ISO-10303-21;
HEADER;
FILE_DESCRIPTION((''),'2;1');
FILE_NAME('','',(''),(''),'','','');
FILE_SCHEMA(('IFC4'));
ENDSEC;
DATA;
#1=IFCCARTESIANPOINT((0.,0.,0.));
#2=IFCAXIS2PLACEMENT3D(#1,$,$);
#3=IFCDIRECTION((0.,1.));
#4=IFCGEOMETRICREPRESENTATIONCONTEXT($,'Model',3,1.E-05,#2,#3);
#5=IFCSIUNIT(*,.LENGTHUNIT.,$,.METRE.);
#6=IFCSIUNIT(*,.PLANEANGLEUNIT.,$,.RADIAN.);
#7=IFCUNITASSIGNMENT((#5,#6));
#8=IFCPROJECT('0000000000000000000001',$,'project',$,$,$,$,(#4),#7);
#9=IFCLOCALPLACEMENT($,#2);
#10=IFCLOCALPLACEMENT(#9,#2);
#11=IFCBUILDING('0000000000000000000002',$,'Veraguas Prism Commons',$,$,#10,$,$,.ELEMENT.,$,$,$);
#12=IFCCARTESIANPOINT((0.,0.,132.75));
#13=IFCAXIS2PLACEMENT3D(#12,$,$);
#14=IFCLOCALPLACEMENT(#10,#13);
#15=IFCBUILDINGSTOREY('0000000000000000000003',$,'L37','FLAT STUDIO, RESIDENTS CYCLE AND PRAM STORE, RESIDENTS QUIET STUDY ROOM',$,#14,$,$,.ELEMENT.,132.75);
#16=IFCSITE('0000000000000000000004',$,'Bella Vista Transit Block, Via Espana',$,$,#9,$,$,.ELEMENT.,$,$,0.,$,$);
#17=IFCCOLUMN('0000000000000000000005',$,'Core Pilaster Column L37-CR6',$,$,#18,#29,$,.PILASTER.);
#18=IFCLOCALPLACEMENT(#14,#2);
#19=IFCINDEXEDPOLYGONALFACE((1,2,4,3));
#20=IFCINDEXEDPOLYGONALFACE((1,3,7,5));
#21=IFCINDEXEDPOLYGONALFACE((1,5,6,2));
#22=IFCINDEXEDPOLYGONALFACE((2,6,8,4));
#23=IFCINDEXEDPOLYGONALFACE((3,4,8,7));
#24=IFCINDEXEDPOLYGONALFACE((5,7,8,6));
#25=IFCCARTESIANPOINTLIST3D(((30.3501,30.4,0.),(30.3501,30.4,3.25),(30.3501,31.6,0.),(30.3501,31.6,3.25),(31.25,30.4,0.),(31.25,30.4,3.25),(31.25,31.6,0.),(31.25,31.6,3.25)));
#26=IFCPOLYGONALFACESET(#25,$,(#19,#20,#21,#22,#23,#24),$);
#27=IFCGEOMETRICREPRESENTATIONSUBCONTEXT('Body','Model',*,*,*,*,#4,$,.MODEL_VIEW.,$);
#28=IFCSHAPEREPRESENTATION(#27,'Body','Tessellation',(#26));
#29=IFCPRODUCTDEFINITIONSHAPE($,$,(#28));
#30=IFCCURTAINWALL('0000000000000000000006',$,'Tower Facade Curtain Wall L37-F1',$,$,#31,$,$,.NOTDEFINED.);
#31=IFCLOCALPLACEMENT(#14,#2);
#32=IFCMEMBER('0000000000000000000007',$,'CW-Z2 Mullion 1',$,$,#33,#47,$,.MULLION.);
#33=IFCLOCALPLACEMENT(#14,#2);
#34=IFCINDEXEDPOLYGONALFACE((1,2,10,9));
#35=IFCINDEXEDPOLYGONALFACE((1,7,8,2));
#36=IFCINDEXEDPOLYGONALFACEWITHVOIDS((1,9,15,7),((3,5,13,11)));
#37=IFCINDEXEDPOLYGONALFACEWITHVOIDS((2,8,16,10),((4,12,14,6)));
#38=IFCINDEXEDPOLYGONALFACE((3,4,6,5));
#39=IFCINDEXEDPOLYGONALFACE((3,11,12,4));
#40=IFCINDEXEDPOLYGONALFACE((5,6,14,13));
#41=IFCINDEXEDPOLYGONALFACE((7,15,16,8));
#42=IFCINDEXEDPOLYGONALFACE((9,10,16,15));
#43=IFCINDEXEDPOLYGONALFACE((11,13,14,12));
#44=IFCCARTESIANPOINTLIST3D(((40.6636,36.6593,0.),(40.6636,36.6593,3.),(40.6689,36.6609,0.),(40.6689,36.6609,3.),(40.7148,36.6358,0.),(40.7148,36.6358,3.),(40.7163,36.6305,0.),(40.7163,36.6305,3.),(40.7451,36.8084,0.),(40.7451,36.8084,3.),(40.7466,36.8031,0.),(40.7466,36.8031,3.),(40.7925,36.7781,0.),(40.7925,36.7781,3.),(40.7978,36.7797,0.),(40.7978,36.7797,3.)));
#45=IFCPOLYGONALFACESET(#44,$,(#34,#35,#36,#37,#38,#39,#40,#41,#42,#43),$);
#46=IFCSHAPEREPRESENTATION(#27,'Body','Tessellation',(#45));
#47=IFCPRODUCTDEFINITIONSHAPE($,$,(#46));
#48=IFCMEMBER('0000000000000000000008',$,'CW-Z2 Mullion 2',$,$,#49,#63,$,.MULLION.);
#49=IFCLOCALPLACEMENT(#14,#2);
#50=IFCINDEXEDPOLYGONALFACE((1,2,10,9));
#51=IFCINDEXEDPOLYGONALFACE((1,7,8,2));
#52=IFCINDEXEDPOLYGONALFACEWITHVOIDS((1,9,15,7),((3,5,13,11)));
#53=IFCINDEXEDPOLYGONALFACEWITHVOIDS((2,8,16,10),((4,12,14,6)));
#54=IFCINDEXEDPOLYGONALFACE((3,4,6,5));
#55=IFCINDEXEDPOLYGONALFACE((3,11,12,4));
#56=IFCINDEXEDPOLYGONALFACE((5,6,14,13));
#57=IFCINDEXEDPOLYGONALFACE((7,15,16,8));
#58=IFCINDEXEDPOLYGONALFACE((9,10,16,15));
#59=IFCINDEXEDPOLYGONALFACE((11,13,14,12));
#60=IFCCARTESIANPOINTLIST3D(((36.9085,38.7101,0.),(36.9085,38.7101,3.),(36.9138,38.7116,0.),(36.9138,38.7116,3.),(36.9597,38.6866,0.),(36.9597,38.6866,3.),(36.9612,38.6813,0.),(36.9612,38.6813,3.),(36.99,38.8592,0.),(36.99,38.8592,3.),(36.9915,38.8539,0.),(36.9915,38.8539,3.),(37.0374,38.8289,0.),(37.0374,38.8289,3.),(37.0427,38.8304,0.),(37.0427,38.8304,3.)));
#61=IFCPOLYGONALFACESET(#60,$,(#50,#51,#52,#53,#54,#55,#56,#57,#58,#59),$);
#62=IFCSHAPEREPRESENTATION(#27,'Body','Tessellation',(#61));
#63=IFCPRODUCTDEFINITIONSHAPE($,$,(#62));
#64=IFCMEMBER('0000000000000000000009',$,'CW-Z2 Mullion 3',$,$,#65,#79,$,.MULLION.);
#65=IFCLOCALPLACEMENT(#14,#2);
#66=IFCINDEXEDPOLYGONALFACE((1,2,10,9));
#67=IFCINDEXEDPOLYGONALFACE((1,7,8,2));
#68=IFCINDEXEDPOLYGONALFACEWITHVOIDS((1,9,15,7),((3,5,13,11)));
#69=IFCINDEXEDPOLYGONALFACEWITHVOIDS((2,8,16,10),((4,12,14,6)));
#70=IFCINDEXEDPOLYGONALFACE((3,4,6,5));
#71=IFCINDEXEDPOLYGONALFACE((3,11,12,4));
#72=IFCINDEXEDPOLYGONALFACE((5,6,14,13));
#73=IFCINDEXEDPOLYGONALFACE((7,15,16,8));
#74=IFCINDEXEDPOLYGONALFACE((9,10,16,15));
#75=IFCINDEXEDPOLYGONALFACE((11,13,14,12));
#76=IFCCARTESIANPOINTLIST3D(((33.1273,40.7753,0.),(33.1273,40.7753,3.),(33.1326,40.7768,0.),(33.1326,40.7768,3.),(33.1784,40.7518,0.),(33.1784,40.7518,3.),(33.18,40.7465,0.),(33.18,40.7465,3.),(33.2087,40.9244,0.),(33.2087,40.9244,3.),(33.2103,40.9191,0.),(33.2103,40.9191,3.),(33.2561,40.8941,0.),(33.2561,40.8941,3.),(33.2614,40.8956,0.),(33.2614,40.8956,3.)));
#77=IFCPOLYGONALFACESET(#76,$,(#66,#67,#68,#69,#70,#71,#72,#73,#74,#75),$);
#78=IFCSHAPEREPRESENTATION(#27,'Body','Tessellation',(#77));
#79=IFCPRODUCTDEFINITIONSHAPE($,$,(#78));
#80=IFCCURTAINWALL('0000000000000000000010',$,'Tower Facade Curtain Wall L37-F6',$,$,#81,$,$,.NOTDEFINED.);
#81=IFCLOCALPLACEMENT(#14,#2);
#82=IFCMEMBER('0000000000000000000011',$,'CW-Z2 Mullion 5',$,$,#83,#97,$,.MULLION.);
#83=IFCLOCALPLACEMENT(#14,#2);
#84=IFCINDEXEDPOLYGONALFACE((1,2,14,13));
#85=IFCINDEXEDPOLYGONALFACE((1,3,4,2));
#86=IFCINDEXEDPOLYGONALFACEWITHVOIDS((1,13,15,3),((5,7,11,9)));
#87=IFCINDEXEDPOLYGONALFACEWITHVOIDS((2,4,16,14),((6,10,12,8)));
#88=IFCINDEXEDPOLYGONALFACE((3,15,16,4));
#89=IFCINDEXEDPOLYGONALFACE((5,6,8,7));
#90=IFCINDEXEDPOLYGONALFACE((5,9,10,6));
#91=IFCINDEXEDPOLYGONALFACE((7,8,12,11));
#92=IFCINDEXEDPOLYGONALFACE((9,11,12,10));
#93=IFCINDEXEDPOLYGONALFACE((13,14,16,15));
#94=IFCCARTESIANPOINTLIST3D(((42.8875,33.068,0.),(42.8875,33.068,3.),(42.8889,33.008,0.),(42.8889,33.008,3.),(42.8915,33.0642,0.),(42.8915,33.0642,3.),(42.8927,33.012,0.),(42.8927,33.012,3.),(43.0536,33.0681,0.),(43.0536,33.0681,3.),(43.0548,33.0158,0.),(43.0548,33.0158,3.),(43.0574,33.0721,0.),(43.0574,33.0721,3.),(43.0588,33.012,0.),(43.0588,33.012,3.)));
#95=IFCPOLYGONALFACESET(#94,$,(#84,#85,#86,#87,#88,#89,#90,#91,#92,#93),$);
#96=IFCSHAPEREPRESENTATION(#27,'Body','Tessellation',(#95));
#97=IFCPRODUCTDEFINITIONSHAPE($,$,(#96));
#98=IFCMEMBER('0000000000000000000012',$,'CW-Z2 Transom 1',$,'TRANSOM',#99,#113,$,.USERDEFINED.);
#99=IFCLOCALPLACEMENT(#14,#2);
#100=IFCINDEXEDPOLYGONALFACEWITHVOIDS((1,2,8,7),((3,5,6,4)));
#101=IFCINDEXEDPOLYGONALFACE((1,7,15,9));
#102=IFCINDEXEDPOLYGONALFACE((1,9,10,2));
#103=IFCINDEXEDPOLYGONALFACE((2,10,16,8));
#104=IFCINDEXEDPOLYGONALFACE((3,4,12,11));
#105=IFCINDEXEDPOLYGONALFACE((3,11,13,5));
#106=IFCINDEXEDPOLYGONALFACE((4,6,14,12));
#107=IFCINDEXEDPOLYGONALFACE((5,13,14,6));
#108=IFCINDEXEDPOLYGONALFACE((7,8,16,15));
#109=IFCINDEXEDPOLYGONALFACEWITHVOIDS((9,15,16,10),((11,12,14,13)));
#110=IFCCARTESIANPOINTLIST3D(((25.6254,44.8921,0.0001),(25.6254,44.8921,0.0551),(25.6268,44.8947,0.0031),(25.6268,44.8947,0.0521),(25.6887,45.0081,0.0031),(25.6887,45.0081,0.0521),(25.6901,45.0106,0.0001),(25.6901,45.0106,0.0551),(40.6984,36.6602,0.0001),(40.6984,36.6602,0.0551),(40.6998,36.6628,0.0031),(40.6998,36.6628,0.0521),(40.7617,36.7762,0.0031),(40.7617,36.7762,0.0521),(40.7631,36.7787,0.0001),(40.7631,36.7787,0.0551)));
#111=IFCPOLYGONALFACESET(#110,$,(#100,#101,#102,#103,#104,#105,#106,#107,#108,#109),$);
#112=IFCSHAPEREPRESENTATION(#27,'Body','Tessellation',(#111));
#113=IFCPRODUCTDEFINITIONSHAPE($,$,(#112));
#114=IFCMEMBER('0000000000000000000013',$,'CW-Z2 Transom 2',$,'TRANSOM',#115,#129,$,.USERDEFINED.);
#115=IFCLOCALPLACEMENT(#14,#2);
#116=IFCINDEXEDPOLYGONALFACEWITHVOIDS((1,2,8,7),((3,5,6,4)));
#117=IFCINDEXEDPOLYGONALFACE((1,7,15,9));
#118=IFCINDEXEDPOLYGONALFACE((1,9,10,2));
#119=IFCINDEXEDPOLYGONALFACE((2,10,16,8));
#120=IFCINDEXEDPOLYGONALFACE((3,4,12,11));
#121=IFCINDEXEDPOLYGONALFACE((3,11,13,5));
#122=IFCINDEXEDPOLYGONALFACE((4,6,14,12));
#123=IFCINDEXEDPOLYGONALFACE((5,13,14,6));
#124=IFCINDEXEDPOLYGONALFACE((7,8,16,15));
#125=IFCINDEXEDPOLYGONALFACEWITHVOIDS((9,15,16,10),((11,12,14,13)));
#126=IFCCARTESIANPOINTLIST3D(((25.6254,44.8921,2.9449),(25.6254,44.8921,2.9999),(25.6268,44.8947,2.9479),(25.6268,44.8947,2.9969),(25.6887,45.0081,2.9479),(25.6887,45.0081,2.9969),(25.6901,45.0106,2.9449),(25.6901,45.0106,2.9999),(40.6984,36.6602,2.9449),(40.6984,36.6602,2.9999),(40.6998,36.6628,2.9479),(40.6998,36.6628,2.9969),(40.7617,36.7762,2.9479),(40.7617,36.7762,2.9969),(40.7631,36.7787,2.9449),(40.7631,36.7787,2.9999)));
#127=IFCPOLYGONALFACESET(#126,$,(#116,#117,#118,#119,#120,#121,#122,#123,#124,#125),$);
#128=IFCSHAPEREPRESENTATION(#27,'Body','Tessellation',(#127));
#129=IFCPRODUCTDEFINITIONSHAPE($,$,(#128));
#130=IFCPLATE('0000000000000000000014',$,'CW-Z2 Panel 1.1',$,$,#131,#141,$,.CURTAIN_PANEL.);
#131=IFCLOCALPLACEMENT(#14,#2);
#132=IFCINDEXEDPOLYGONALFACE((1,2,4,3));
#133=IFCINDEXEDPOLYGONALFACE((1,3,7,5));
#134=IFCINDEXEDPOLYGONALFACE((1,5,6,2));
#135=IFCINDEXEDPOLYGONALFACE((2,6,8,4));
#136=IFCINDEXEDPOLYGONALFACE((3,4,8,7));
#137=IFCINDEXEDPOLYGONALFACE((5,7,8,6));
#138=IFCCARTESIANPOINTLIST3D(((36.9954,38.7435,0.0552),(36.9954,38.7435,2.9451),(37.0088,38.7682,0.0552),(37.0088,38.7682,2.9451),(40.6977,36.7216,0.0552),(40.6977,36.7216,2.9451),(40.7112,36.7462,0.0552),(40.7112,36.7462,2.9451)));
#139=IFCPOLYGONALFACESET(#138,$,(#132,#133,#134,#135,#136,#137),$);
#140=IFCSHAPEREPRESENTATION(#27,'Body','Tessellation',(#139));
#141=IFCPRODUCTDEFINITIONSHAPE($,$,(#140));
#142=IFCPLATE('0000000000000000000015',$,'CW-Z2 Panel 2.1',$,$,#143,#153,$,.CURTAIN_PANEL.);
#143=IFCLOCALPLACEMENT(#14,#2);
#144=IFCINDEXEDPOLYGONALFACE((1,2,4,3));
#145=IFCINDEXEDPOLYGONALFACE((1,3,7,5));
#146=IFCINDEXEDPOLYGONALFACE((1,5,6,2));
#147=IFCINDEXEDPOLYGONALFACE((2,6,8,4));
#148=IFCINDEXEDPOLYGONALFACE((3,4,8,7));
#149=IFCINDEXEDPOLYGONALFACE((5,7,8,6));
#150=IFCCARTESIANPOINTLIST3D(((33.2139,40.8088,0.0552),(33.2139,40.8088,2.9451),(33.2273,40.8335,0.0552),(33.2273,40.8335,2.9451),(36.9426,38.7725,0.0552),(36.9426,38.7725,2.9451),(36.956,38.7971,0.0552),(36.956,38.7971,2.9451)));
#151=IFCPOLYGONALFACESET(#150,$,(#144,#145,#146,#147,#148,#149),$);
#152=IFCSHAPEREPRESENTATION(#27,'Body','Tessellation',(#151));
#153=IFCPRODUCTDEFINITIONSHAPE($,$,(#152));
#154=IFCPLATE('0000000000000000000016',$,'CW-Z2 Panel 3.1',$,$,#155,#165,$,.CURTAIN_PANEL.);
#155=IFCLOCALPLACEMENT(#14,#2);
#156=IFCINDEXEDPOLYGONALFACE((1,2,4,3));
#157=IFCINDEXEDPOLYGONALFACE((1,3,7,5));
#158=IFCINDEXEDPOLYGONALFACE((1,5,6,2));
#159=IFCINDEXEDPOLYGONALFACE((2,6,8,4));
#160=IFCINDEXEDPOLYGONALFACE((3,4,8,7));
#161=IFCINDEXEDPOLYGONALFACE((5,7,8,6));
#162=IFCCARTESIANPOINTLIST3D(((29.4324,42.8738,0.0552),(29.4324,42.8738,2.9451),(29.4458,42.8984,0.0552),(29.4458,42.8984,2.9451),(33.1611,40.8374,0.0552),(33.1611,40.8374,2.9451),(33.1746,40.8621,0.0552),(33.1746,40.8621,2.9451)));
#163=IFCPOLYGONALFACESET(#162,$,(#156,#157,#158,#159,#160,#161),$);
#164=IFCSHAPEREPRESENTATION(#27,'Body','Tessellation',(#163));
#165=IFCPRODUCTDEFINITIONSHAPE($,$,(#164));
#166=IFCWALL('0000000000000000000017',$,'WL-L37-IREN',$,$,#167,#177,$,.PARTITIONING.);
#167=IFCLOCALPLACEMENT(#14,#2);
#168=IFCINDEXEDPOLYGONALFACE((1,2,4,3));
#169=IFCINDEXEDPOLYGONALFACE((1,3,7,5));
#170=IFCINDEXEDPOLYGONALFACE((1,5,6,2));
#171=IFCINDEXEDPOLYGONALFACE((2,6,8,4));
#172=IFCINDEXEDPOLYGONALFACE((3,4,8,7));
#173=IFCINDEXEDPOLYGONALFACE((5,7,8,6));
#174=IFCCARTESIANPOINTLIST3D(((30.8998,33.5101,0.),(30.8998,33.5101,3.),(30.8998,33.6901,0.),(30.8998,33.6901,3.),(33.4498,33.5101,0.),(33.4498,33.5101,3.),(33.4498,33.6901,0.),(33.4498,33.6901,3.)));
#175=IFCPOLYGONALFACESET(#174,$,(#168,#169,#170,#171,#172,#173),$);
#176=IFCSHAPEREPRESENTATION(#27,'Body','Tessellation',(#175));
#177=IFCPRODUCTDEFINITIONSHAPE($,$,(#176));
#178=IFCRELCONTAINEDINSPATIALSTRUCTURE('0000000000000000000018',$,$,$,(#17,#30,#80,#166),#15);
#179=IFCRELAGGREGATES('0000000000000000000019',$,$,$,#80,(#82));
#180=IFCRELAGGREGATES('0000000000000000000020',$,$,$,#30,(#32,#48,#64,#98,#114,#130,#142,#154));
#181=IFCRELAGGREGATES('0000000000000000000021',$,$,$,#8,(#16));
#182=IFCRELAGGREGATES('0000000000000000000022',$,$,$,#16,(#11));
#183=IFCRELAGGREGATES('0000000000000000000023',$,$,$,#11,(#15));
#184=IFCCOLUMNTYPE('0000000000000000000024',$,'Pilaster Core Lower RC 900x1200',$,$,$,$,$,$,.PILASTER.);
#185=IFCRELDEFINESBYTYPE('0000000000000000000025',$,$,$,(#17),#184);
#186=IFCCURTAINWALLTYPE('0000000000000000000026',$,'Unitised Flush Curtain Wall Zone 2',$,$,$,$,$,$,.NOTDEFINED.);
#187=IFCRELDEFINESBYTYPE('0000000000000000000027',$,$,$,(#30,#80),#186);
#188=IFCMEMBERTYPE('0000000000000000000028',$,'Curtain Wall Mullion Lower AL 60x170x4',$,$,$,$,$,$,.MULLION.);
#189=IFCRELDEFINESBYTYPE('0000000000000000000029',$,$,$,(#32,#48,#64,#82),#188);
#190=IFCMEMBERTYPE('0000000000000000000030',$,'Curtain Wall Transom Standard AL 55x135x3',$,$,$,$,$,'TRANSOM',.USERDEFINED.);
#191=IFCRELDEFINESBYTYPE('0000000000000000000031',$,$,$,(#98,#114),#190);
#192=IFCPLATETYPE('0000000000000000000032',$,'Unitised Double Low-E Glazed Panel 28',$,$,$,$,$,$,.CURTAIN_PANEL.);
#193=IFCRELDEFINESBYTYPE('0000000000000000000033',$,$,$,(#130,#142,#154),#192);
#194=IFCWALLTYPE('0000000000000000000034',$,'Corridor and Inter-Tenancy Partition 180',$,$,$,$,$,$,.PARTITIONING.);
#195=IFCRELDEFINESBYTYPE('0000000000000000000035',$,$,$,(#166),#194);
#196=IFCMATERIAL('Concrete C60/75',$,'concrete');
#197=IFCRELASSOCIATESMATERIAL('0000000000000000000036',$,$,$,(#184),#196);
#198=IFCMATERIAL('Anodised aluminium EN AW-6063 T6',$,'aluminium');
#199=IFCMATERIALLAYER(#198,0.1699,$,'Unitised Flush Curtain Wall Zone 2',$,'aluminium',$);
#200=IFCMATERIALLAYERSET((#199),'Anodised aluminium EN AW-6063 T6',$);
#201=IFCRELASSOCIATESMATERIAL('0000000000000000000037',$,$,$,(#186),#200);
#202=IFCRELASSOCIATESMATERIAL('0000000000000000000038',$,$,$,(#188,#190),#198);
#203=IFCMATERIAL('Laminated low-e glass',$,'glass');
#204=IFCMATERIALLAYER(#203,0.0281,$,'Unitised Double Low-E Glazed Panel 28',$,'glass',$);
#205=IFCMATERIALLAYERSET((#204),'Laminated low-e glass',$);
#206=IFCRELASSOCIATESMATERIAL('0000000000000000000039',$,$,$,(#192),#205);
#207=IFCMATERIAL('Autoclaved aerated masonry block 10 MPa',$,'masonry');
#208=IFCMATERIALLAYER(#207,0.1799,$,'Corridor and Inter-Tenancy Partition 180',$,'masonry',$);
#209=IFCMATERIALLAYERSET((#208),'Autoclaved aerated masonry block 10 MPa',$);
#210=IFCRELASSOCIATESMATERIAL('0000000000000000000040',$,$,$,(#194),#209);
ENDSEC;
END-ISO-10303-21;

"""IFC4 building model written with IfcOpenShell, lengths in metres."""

from ifc_helpers import new_model, si_unit, direction, frame, frame_2d, origin, origin_2d, place, context, subcontext, project, spatial, rectangle, hollow_rectangle, extrude, source, transform, mapped, material, layer, layer_set, material_profile, profile_set, type_object, element, aggregate, save


model = new_model("IFC4")

# Units and contexts
model_context = context("Model", 3, precision=1e-05, world=origin(), true_north=direction((0.0, 1.0)))
body_context = subcontext(model_context, "Body", "Model", "MODEL_VIEW")
ifc_project = project(units=[si_unit("LENGTHUNIT", "METRE"), si_unit("PLANEANGLEUNIT", "RADIAN")], contexts=[model_context])

# Site, building, storey
site_placement = place(None, origin())
site = spatial("IfcSite", under=ifc_project, at=site_placement, Name="Bella Vista Transit Block, Via Espana", CompositionType="ELEMENT", RefElevation=0.0)
building_placement = place(site_placement, origin())
building = spatial("IfcBuilding", under=site, at=building_placement, Name="Veraguas Prism Commons", CompositionType="ELEMENT")
storey_placement = place(building_placement, frame((0.0, 0.0, 132.75)))
storey = spatial("IfcBuildingStorey", under=building, at=storey_placement, Name="L37", Description="FLAT STUDIO, RESIDENTS CYCLE AND PRAM STORE, RESIDENTS QUIET STUDY ROOM", CompositionType="ELEMENT", Elevation=132.75)

# Column
ifc_material_1 = material(Name="Concrete C60/75", Category="concrete")
ifc_material_profile_1 = material_profile(ifc_material_1, rectangle(XDim=0.8999, YDim=1.2, at=origin_2d()), Name="RC900X1200")
ifc_profile_set_1 = profile_set([ifc_material_profile_1], Name="Concrete C60/75")
column_type = type_object("IfcColumnType", Name="Pilaster Core Lower RC 900x1200", PredefinedType="PILASTER", material=ifc_profile_set_1)
column_placement = place(storey_placement, frame((30.8, 31.0, 0.0), z_axis=(0.0, 0.0, 1.0), x_axis=(1.0, 0.0, 0.0)))
element("IfcColumn", 1, at=column_placement, inside=storey, type_object=column_type, Name="Core Pilaster Column L37-CR6", PredefinedType="PILASTER", context=body_context, shape_type="SweptSolid", body=[
    extrude(rectangle(XDim=0.8999, YDim=1.2, at=origin_2d()), origin(), (0.0, 0.0, 1.0), 3.25),
])

# Curtain wall, members
ifc_material_2 = material(Name="Anodised aluminium EN AW-6063 T6", Category="aluminium")
ifc_layer_1 = layer(ifc_material_2, 0.1699, Name="Unitised Flush Curtain Wall Zone 2", Category="aluminium")
ifc_layer_set_1 = layer_set([ifc_layer_1], Name="Anodised aluminium EN AW-6063 T6")
curtain_wall_type = type_object("IfcCurtainWallType", Name="Unitised Flush Curtain Wall Zone 2", PredefinedType="NOTDEFINED", material=ifc_layer_set_1)
curtain_wall_1_placement = place(storey_placement, origin())
curtain_wall_1 = element("IfcCurtainWall", 2, at=curtain_wall_1_placement, inside=storey, type_object=curtain_wall_type, Name="Tower Facade Curtain Wall L37-F1", PredefinedType="NOTDEFINED")
ifc_material_profile_2 = material_profile(ifc_material_2, hollow_rectangle(XDim=0.0601, YDim=0.1699, WallThickness=0.0039, at=origin_2d()), Name="AL60X170X4")
ifc_profile_set_2 = profile_set([ifc_material_profile_2], Name="Anodised aluminium EN AW-6063 T6")
member_type_1 = type_object("IfcMemberType", Name="Curtain Wall Mullion Lower AL 60x170x4", PredefinedType="MULLION", material=ifc_profile_set_2)
shared_shape_1 = source(origin(), body_context, "Body", "SweptSolid", [
    extrude(hollow_rectangle(XDim=0.0601, YDim=0.1699, WallThickness=0.0039, at=origin_2d()), origin(), (0.0, 0.0, 1.0), 3.0),
])
member_1_placement = place(storey_placement, frame((40.7307, 36.7195, 0.0), z_axis=(0.0, 0.0, 1.0), x_axis=(-0.877649, 0.479305, 0.0)))
member_1 = element("IfcMember", 3, at=member_1_placement, type_object=member_type_1, Name="CW-Z2 Mullion 1", PredefinedType="MULLION", context=body_context, shape_type="MappedRepresentation", body=[
    mapped(shared_shape_1, transform((0.0, 0.0, 0.0), scale=1.0)),
])
member_2_placement = place(storey_placement, frame((36.9756, 38.7703, 0.0), z_axis=(0.0, 0.0, 1.0), x_axis=(-0.877649, 0.479305, 0.0)))
member_2 = element("IfcMember", 4, at=member_2_placement, type_object=member_type_1, Name="CW-Z2 Mullion 2", PredefinedType="MULLION", context=body_context, shape_type="MappedRepresentation", body=[
    mapped(shared_shape_1, transform((0.0, 0.0, 0.0), scale=1.0)),
])
member_3_placement = place(storey_placement, frame((33.1943, 40.8354, 0.0), z_axis=(0.0, 0.0, 1.0), x_axis=(-0.877649, 0.479305, 0.0)))
member_3 = element("IfcMember", 5, at=member_3_placement, type_object=member_type_1, Name="CW-Z2 Mullion 3", PredefinedType="MULLION", context=body_context, shape_type="MappedRepresentation", body=[
    mapped(shared_shape_1, transform((0.0, 0.0, 0.0), scale=1.0)),
])

# Curtain wall, member
curtain_wall_2_placement = place(storey_placement, origin())
curtain_wall_2 = element("IfcCurtainWall", 6, at=curtain_wall_2_placement, inside=storey, type_object=curtain_wall_type, Name="Tower Facade Curtain Wall L37-F6", PredefinedType="NOTDEFINED")
member_4_placement = place(storey_placement, frame((42.9731, 33.04, 0.0), z_axis=(0.0, 0.0, 1.0), x_axis=(-0.023738, 0.999718, 0.0)))
member_4 = element("IfcMember", 7, at=member_4_placement, type_object=member_type_1, Name="CW-Z2 Mullion 5", PredefinedType="MULLION", context=body_context, shape_type="MappedRepresentation", body=[
    mapped(shared_shape_1, transform((0.0, 0.0, 0.0), scale=1.0)),
])
aggregate(curtain_wall_2, [member_4])

# Members
ifc_material_profile_3 = material_profile(ifc_material_2, hollow_rectangle(XDim=0.0549, YDim=0.135, WallThickness=0.0029, at=origin_2d()), Name="AL55X135X3")
ifc_profile_set_3 = profile_set([ifc_material_profile_3], Name="Anodised aluminium EN AW-6063 T6")
member_type_2 = type_object("IfcMemberType", Name="Curtain Wall Transom Standard AL 55x135x3", ElementType="TRANSOM", PredefinedType="USERDEFINED", material=ifc_profile_set_3)
shared_shape_2 = source(origin(), body_context, "Body", "SweptSolid", [
    extrude(hollow_rectangle(XDim=0.0549, YDim=0.135, WallThickness=0.0029, at=origin_2d()), origin(), (0.0, 0.0, 1.0), 17.1743),
])
member_5_placement = place(storey_placement, frame((40.7307, 36.7195, 0.0276), z_axis=(-0.877643, 0.479314, 0.0), x_axis=(0.0, 0.0, 1.0)))
member_5 = element("IfcMember", 8, at=member_5_placement, type_object=member_type_2, Name="CW-Z2 Transom 1", ObjectType="TRANSOM", PredefinedType="USERDEFINED", context=body_context, shape_type="MappedRepresentation", body=[
    mapped(shared_shape_2, transform((0.0, 0.0, 0.0), scale=1.0)),
])
member_6_placement = place(storey_placement, frame((40.7307, 36.7195, 2.9724), z_axis=(-0.877643, 0.479314, 0.0), x_axis=(0.0, 0.0, 1.0)))
member_6 = element("IfcMember", 9, at=member_6_placement, type_object=member_type_2, Name="CW-Z2 Transom 2", ObjectType="TRANSOM", PredefinedType="USERDEFINED", context=body_context, shape_type="MappedRepresentation", body=[
    mapped(shared_shape_2, transform((0.0, 0.0, 0.0), scale=1.0)),
])

# Plates
ifc_material_3 = material(Name="Laminated low-e glass", Category="glass")
ifc_layer_2 = layer(ifc_material_3, 0.0281, Name="Unitised Double Low-E Glazed Panel 28", Category="glass")
ifc_layer_set_2 = layer_set([ifc_layer_2], Name="Laminated low-e glass")
plate_type = type_object("IfcPlateType", Name="Unitised Double Low-E Glazed Panel 28", PredefinedType="CURTAIN_PANEL", material=ifc_layer_set_2)
shared_shape_3 = source(origin(), body_context, "Body", "SweptSolid", [
    extrude(rectangle(XDim=4.2185, YDim=0.0281, at=origin_2d()), origin(), (0.0, 0.0, 1.0), 2.8899),
])
plate_1_placement = place(storey_placement, frame((38.8533, 37.7449, 0.0552), z_axis=(0.0, 0.0, 1.0), x_axis=(-0.877649, 0.479305, 0.0)))
plate_1 = element("IfcPlate", 10, at=plate_1_placement, type_object=plate_type, Name="CW-Z2 Panel 1.1", PredefinedType="CURTAIN_PANEL", context=body_context, shape_type="MappedRepresentation", body=[
    mapped(shared_shape_3, transform((0.0, 0.0, 0.0), scale=1.0)),
])
shared_shape_4 = source(origin(), body_context, "Body", "SweptSolid", [
    extrude(rectangle(XDim=4.2485, YDim=0.0281, at=origin_2d()), origin(), (0.0, 0.0, 1.0), 2.8899),
])
plate_2_placement = place(storey_placement, frame((35.085, 39.803, 0.0552), z_axis=(0.0, 0.0, 1.0), x_axis=(-0.877649, 0.479305, 0.0)))
plate_2 = element("IfcPlate", 11, at=plate_2_placement, type_object=plate_type, Name="CW-Z2 Panel 2.1", PredefinedType="CURTAIN_PANEL", context=body_context, shape_type="MappedRepresentation", body=[
    mapped(shared_shape_4, transform((0.0, 0.0, 0.0), scale=1.0)),
])
plate_3_placement = place(storey_placement, frame((31.3035, 41.8679, 0.0552), z_axis=(0.0, 0.0, 1.0), x_axis=(-0.877649, 0.479305, 0.0)))
plate_3 = element("IfcPlate", 12, at=plate_3_placement, type_object=plate_type, Name="CW-Z2 Panel 3.1", PredefinedType="CURTAIN_PANEL", context=body_context, shape_type="MappedRepresentation", body=[
    mapped(shared_shape_4, transform((0.0, 0.0, 0.0), scale=1.0)),
])
aggregate(curtain_wall_1, [member_1, member_2, member_3, member_5, member_6, plate_1, plate_2, plate_3])

# Wall
ifc_material_4 = material(Name="Autoclaved aerated masonry block 10 MPa", Category="masonry")
ifc_layer_3 = layer(ifc_material_4, 0.1799, Name="Corridor and Inter-Tenancy Partition 180", Category="masonry")
ifc_layer_set_3 = layer_set([ifc_layer_3], Name="Autoclaved aerated masonry block 10 MPa")
wall_type_1 = type_object("IfcWallType", Name="Corridor and Inter-Tenancy Partition 180", PredefinedType="PARTITIONING", material=ifc_layer_set_3)
wall_1_placement = place(storey_placement, frame((30.8999, 33.6001, 0.0), z_axis=(0.0, 0.0, 1.0), x_axis=(1.0, 0.0, 0.0)))
element("IfcWall", 13, at=wall_1_placement, inside=storey, type_object=wall_type_1, Name="WL-L37-IREN", PredefinedType="PARTITIONING", context=body_context, shape_type="SweptSolid", body=[
    extrude(rectangle(XDim=2.55, YDim=0.1799, at=frame_2d((1.2749, 0.0))), origin(), (0.0, 0.0, 1.0), 3.0),
])

save(model, "model.ifc")
